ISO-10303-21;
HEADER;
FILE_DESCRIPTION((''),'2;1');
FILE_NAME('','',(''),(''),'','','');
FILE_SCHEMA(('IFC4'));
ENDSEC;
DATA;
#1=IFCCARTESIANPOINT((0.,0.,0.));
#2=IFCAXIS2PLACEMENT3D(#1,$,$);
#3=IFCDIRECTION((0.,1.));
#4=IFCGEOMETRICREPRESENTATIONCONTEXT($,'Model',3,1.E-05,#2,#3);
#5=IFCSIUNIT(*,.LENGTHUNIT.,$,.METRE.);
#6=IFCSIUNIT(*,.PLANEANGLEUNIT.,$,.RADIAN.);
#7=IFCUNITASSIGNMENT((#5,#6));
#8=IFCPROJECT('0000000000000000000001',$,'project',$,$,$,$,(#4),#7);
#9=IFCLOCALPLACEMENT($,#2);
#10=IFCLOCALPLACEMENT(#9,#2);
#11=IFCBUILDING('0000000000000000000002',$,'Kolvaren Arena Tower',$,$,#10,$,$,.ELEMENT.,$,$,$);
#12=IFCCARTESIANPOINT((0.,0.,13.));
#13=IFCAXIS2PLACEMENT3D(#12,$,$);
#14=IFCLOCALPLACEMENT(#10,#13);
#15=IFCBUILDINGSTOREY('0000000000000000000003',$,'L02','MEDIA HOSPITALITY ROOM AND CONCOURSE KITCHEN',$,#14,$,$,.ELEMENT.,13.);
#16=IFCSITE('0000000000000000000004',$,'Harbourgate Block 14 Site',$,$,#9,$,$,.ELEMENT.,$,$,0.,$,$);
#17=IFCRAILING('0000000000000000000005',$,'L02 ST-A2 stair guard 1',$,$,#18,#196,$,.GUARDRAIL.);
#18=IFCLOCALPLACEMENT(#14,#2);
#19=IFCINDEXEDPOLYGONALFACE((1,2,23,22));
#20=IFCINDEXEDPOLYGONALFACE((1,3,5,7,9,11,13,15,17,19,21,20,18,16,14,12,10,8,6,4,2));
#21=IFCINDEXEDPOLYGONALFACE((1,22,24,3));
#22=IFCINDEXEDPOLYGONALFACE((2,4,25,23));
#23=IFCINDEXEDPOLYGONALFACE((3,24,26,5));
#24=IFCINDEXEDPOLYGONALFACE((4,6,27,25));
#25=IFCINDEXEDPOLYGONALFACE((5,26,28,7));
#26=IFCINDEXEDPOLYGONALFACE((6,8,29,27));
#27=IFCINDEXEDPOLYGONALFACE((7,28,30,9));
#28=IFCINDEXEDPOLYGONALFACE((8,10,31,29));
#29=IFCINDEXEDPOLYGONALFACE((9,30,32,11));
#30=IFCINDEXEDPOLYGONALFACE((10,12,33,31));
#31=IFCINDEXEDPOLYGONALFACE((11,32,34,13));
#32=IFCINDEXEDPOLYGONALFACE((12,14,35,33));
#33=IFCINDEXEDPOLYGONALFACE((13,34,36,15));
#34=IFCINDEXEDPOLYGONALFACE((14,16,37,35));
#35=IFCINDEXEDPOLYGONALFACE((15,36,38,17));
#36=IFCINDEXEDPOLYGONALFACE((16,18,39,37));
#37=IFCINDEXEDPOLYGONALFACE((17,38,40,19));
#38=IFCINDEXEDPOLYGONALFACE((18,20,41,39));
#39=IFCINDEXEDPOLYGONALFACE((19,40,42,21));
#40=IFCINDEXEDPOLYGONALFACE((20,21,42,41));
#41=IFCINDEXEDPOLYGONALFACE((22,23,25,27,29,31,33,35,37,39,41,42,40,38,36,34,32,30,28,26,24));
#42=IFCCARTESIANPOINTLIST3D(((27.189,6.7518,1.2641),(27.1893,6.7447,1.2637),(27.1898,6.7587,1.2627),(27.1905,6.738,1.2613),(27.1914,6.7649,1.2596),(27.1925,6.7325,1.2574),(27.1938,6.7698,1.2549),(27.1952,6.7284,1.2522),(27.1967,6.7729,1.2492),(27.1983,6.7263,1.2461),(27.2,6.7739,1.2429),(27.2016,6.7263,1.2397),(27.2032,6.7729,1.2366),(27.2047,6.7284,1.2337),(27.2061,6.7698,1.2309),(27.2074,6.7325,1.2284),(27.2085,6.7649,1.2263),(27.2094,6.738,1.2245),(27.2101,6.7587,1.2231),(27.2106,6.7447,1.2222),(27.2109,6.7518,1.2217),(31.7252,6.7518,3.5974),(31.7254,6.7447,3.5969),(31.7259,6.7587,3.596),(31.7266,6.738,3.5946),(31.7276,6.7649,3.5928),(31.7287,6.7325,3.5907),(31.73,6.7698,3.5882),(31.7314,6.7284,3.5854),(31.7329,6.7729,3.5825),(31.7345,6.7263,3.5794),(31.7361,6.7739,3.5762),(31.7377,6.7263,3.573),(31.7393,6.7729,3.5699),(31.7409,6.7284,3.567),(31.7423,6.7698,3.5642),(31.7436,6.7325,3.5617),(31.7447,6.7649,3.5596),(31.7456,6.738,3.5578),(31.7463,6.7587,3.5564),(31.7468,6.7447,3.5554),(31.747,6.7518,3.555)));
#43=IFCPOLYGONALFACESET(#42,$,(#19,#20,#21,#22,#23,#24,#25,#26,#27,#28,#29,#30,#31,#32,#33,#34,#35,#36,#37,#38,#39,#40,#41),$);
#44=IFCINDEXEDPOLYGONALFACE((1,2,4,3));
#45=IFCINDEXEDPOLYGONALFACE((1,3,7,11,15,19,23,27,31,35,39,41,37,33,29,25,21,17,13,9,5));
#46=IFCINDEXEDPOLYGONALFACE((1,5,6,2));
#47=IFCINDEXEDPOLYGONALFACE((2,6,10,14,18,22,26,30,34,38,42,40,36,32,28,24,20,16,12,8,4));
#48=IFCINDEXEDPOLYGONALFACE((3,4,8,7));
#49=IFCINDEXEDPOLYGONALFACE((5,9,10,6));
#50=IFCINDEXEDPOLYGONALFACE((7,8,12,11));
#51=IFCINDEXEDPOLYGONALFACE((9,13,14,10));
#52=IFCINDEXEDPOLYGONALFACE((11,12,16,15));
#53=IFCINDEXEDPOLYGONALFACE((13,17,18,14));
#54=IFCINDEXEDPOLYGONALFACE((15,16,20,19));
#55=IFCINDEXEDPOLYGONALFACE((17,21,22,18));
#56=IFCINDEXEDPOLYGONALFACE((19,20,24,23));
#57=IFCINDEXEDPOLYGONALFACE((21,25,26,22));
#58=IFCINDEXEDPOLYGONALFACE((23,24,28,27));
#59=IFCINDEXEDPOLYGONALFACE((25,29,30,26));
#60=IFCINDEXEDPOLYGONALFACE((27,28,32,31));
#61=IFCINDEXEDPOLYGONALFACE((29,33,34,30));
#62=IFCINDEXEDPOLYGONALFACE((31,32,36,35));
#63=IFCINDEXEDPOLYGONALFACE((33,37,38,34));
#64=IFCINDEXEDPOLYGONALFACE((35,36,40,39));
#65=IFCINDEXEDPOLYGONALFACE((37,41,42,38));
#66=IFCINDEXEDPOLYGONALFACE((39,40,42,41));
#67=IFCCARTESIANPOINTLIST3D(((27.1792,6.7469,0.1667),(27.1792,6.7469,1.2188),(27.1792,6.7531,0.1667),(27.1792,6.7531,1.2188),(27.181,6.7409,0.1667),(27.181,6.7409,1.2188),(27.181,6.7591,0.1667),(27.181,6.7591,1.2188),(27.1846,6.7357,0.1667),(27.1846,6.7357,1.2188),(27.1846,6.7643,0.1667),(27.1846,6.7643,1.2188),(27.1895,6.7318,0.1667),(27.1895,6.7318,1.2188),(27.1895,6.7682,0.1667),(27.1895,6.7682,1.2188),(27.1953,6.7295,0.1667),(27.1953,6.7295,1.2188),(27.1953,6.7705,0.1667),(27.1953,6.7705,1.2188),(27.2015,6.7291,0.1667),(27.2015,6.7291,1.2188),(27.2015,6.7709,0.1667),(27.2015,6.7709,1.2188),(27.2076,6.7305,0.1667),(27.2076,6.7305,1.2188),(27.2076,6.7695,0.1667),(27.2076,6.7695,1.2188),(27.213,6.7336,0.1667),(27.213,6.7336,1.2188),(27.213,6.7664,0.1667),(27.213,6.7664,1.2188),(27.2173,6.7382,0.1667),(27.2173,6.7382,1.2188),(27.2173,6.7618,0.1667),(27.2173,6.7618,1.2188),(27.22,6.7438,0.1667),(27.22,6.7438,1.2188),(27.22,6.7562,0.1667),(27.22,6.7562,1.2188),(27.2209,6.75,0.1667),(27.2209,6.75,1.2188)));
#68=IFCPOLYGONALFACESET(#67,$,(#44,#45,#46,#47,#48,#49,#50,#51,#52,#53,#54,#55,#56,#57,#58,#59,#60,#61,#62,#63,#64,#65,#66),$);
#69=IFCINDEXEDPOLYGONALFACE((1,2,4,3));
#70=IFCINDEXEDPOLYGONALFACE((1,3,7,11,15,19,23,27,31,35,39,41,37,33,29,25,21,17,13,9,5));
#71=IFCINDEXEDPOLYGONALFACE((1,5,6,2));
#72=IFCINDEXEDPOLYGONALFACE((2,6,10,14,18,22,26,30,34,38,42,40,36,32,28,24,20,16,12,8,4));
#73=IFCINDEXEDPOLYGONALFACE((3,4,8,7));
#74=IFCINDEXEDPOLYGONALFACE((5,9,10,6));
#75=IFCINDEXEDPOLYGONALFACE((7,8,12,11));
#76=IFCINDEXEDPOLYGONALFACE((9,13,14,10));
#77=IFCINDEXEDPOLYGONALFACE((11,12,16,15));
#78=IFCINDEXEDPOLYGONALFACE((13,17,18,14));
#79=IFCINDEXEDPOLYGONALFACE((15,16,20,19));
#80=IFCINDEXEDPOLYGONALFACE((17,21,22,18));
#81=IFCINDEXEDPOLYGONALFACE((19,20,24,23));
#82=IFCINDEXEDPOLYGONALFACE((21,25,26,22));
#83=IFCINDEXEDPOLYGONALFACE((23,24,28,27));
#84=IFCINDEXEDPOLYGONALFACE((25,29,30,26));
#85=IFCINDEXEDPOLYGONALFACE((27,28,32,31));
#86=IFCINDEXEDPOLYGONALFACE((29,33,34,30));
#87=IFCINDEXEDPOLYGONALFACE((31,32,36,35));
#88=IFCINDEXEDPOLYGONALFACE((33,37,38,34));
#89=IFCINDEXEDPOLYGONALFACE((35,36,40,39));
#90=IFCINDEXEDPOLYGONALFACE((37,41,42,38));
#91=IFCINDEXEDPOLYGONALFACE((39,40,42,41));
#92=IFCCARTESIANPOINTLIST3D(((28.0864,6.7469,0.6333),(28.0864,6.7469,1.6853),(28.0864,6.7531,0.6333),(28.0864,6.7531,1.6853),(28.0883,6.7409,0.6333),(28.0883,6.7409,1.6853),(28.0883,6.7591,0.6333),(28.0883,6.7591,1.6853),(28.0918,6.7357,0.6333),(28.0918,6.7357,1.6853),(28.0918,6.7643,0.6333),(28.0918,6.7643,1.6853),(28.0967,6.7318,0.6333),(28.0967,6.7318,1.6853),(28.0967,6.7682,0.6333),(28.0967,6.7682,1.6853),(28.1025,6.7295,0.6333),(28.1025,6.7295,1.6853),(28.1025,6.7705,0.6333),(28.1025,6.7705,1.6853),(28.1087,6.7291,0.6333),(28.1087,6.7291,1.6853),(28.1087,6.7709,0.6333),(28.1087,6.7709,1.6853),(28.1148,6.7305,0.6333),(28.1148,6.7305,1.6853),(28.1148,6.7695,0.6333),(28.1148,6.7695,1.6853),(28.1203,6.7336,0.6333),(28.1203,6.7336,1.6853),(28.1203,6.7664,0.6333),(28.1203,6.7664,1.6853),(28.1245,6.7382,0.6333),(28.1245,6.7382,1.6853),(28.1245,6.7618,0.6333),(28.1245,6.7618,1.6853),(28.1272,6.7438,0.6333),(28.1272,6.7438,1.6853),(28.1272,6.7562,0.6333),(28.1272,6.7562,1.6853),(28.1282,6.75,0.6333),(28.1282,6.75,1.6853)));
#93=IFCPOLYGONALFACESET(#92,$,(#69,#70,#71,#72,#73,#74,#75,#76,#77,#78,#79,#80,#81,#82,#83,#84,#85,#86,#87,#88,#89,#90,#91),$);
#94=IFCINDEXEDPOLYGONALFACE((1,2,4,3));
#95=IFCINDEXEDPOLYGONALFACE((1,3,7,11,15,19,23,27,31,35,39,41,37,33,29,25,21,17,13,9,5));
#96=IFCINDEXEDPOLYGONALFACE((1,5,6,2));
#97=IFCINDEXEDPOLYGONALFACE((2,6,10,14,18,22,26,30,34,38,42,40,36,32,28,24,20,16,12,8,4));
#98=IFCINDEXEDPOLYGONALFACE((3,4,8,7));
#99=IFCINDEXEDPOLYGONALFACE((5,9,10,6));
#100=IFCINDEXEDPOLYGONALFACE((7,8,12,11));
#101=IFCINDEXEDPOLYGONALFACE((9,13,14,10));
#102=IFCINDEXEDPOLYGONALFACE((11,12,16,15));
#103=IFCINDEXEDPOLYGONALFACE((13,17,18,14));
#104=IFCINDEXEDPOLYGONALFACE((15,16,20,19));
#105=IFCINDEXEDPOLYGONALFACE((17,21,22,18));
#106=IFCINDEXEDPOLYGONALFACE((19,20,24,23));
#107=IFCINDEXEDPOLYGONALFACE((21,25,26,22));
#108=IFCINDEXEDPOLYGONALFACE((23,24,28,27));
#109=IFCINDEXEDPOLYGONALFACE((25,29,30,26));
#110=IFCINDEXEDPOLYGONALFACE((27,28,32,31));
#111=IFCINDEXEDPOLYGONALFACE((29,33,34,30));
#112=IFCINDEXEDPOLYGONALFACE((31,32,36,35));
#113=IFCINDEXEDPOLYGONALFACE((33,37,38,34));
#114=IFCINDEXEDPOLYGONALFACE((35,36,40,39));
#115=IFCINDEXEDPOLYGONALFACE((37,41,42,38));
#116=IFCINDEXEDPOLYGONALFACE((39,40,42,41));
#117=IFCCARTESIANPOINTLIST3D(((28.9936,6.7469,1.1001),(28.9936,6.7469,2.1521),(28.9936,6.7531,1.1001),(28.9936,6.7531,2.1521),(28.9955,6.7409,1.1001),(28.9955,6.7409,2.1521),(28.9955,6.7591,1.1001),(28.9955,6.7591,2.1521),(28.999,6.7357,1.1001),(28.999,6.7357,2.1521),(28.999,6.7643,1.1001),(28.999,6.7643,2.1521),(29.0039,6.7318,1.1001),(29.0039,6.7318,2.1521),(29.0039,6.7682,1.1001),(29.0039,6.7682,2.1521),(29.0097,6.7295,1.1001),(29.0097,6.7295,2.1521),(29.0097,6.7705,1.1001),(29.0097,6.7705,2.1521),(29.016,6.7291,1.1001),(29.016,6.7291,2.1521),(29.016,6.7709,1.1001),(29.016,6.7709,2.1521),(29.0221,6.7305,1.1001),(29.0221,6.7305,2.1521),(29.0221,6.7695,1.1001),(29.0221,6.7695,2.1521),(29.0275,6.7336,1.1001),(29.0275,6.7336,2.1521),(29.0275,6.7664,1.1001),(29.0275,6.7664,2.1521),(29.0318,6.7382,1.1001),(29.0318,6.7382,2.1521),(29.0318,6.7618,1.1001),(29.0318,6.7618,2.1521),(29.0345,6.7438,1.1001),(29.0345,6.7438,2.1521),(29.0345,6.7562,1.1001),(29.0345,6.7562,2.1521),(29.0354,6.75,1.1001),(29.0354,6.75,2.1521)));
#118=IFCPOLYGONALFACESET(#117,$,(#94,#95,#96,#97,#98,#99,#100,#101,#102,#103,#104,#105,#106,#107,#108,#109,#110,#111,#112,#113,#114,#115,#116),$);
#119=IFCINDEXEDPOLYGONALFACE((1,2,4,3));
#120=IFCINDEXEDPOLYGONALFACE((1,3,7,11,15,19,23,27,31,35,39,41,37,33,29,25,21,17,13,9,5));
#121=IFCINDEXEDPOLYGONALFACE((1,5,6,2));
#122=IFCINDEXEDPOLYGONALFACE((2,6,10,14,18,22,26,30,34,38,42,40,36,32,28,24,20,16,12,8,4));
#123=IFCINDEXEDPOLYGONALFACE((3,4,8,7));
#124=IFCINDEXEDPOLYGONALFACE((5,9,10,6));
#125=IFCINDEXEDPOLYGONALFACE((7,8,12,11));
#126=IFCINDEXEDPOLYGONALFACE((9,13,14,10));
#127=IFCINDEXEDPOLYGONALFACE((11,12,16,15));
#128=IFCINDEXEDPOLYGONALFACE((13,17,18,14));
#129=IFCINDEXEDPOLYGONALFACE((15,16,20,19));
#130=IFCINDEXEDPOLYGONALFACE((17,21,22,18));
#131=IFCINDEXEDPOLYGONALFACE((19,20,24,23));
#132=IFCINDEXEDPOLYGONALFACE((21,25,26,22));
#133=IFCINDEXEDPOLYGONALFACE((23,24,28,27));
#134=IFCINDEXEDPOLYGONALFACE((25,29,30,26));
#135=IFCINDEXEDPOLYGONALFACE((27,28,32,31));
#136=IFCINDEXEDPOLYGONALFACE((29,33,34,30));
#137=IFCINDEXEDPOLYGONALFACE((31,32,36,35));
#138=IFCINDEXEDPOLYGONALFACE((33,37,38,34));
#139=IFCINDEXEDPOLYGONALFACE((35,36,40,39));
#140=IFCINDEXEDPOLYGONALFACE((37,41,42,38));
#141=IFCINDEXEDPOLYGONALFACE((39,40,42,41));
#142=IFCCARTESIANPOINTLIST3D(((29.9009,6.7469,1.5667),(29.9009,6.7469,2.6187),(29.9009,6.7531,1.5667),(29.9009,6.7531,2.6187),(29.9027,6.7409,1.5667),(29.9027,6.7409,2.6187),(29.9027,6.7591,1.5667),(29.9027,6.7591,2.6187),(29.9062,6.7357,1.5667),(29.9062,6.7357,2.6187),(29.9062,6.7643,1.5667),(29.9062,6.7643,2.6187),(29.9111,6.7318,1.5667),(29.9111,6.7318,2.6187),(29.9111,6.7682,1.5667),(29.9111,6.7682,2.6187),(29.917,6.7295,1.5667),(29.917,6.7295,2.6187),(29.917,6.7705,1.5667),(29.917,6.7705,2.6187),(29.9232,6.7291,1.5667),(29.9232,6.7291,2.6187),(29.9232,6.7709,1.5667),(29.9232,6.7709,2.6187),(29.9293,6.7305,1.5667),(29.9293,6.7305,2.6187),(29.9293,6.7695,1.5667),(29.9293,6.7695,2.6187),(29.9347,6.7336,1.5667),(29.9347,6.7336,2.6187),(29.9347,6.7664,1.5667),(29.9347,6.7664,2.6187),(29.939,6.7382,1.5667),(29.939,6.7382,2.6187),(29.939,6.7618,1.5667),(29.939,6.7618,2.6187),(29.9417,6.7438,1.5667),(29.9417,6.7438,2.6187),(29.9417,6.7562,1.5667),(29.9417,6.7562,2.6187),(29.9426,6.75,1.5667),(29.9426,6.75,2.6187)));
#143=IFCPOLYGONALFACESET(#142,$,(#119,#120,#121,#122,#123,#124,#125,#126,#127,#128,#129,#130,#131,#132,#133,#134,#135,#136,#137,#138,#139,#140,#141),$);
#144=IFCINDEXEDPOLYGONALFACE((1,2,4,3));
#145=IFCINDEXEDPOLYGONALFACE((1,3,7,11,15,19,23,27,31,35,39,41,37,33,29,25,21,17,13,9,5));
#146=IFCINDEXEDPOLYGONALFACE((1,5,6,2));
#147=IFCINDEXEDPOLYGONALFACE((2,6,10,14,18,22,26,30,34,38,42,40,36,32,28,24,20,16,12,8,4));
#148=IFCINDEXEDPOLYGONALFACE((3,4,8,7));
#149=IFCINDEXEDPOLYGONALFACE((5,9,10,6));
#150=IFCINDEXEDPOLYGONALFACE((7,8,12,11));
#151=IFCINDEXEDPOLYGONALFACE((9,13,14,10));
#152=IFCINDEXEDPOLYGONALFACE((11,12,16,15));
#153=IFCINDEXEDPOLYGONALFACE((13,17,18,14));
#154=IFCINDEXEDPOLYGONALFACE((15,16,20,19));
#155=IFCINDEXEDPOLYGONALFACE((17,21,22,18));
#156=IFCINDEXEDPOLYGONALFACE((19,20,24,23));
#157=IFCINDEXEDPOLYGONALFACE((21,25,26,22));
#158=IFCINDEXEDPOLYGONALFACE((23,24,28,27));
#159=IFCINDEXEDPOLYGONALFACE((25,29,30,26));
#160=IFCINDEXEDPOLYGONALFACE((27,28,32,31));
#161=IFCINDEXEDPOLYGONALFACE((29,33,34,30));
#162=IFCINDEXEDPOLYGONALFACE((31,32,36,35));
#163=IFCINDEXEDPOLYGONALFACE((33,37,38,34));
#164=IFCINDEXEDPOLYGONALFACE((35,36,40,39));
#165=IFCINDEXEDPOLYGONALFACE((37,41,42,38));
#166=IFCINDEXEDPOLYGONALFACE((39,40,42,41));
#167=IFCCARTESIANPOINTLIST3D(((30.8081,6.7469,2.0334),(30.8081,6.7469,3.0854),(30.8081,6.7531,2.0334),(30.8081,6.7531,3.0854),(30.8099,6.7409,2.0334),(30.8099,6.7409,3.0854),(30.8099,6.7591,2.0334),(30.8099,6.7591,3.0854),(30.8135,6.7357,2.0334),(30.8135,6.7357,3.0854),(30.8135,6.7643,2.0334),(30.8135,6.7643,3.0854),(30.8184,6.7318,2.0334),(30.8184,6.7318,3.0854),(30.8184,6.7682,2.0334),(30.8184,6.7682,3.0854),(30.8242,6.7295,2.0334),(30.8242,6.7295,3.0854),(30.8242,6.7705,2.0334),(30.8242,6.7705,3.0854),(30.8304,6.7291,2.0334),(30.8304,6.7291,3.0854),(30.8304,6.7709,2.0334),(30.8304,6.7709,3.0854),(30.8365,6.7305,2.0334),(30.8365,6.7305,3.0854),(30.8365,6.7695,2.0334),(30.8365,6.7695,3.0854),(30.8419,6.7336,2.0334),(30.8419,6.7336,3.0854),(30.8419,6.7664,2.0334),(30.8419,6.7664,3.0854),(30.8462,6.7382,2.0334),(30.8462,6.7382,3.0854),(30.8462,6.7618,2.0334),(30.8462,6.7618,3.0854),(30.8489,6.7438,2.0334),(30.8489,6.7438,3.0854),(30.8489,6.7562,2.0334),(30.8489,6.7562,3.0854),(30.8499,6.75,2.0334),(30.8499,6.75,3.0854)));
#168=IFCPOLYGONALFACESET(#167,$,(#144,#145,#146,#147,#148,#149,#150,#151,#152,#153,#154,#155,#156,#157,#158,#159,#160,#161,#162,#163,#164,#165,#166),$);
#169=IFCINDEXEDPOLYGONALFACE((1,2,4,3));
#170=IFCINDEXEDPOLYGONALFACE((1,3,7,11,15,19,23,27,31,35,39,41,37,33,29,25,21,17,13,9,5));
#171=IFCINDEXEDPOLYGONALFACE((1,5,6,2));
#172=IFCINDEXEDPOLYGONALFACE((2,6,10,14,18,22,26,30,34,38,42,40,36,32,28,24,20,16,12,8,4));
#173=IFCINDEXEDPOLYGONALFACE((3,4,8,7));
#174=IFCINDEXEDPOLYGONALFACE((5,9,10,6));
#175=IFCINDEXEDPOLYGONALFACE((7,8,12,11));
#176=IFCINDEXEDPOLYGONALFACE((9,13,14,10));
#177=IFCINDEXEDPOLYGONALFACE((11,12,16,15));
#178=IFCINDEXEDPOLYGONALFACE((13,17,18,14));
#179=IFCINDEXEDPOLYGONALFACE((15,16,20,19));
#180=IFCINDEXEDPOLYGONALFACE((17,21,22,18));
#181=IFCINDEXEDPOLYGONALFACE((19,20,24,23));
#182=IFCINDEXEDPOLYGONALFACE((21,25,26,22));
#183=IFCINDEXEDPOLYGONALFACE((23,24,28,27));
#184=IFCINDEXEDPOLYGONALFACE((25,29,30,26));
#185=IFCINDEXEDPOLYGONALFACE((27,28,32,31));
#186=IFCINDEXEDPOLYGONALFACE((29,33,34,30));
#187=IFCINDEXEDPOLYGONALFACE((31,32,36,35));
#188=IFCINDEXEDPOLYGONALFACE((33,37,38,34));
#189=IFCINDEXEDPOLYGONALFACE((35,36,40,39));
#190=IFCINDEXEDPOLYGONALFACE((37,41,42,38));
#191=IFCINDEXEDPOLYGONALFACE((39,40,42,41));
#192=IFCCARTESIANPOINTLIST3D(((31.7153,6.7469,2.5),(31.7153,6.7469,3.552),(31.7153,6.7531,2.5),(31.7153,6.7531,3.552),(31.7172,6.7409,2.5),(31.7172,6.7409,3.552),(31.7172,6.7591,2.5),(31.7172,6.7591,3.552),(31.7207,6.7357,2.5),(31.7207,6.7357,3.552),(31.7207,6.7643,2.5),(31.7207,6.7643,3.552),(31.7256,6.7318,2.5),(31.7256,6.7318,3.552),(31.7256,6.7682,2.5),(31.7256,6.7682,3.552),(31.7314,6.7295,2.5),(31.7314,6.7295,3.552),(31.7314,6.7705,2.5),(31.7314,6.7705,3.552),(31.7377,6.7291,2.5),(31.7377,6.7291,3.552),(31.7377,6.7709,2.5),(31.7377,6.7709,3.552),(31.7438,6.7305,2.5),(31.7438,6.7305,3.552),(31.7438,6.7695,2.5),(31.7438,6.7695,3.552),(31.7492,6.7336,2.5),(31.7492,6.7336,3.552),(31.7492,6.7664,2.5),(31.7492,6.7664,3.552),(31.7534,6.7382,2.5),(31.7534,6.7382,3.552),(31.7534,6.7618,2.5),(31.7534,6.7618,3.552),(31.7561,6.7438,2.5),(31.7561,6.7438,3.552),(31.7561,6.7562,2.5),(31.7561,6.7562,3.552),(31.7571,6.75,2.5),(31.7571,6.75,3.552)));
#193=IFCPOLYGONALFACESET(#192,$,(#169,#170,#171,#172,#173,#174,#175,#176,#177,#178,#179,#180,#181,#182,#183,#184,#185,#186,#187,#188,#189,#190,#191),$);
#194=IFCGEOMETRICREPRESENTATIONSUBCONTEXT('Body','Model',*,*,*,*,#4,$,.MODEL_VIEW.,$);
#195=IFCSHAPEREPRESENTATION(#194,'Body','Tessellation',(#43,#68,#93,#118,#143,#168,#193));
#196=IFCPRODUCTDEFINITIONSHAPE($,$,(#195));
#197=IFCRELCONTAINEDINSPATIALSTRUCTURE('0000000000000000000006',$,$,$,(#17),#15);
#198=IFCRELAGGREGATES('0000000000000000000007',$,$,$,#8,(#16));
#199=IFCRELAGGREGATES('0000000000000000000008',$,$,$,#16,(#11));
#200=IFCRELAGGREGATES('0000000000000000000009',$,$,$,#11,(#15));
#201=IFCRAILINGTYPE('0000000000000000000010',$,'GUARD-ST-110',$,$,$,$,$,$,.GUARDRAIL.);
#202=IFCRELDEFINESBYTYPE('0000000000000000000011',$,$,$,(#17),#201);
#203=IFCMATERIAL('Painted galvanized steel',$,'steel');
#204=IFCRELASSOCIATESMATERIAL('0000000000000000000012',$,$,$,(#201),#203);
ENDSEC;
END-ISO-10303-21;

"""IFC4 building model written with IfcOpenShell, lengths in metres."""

from ifc_helpers import new_model, si_unit, direction, frame, origin, origin_2d, place, context, subcontext, project, spatial, circle, extrude, material, type_object, element, save


model = new_model("IFC4")

# Units and contexts
model_context = context("Model", 3, precision=1e-05, world=origin(), true_north=direction((0.0, 1.0)))
body_context = subcontext(model_context, "Body", "Model", "MODEL_VIEW")
ifc_project = project(units=[si_unit("LENGTHUNIT", "METRE"), si_unit("PLANEANGLEUNIT", "RADIAN")], contexts=[model_context])

# Site, building, storey
site_placement = place(None, origin())
site = spatial("IfcSite", under=ifc_project, at=site_placement, Name="Harbourgate Block 14 Site", CompositionType="ELEMENT", RefElevation=0.0)
building_placement = place(site_placement, origin())
building = spatial("IfcBuilding", under=site, at=building_placement, Name="Kolvaren Arena Tower", CompositionType="ELEMENT")
storey_placement = place(building_placement, frame((0.0, 0.0, 13.0)))
storey = spatial("IfcBuildingStorey", under=building, at=storey_placement, Name="L02", Description="MEDIA HOSPITALITY ROOM AND CONCOURSE KITCHEN", CompositionType="ELEMENT", Elevation=13.0)

# Railing
ifc_material_1 = material(Name="Painted galvanized steel", Category="steel")
railing_type_1 = type_object("IfcRailingType", Name="GUARD-ST-110", PredefinedType="GUARDRAIL", material=ifc_material_1)
railing_1_placement = place(storey_placement, frame((27.2, 6.75, 0.1667)))
element("IfcRailing", 1, at=railing_1_placement, inside=storey, type_object=railing_type_1, Name="L02 ST-A2 stair guard 1", PredefinedType="GUARDRAIL", context=body_context, shape_type="SweptSolid", body=[
    extrude(circle(Radius=0.0239, at=origin_2d()), frame((0.0, 0.0, 1.0762), z_axis=(0.889257, 0.0, 0.457407), x_axis=(0.0, 1.0, 0.0)), (0.0, 0.0, 1.0), 5.1011),
    extrude(circle(Radius=0.021, at=origin_2d()), origin(), (0.0, 0.0, 1.0), 1.052),
    extrude(circle(Radius=0.021, at=origin_2d()), frame((0.9072, 0.0, 0.4666)), (0.0, 0.0, 1.0), 1.052),
    extrude(circle(Radius=0.021, at=origin_2d()), frame((1.8145, 0.0, 0.9333)), (0.0, 0.0, 1.0), 1.052),
    extrude(circle(Radius=0.021, at=origin_2d()), frame((2.7217, 0.0, 1.3999)), (0.0, 0.0, 1.0), 1.052),
    extrude(circle(Radius=0.021, at=origin_2d()), frame((3.6289, 0.0, 1.8667)), (0.0, 0.0, 1.0), 1.052),
    extrude(circle(Radius=0.021, at=origin_2d()), frame((4.5361, 0.0, 2.3333)), (0.0, 0.0, 1.0), 1.052),
])

save(model, "model.ifc")
